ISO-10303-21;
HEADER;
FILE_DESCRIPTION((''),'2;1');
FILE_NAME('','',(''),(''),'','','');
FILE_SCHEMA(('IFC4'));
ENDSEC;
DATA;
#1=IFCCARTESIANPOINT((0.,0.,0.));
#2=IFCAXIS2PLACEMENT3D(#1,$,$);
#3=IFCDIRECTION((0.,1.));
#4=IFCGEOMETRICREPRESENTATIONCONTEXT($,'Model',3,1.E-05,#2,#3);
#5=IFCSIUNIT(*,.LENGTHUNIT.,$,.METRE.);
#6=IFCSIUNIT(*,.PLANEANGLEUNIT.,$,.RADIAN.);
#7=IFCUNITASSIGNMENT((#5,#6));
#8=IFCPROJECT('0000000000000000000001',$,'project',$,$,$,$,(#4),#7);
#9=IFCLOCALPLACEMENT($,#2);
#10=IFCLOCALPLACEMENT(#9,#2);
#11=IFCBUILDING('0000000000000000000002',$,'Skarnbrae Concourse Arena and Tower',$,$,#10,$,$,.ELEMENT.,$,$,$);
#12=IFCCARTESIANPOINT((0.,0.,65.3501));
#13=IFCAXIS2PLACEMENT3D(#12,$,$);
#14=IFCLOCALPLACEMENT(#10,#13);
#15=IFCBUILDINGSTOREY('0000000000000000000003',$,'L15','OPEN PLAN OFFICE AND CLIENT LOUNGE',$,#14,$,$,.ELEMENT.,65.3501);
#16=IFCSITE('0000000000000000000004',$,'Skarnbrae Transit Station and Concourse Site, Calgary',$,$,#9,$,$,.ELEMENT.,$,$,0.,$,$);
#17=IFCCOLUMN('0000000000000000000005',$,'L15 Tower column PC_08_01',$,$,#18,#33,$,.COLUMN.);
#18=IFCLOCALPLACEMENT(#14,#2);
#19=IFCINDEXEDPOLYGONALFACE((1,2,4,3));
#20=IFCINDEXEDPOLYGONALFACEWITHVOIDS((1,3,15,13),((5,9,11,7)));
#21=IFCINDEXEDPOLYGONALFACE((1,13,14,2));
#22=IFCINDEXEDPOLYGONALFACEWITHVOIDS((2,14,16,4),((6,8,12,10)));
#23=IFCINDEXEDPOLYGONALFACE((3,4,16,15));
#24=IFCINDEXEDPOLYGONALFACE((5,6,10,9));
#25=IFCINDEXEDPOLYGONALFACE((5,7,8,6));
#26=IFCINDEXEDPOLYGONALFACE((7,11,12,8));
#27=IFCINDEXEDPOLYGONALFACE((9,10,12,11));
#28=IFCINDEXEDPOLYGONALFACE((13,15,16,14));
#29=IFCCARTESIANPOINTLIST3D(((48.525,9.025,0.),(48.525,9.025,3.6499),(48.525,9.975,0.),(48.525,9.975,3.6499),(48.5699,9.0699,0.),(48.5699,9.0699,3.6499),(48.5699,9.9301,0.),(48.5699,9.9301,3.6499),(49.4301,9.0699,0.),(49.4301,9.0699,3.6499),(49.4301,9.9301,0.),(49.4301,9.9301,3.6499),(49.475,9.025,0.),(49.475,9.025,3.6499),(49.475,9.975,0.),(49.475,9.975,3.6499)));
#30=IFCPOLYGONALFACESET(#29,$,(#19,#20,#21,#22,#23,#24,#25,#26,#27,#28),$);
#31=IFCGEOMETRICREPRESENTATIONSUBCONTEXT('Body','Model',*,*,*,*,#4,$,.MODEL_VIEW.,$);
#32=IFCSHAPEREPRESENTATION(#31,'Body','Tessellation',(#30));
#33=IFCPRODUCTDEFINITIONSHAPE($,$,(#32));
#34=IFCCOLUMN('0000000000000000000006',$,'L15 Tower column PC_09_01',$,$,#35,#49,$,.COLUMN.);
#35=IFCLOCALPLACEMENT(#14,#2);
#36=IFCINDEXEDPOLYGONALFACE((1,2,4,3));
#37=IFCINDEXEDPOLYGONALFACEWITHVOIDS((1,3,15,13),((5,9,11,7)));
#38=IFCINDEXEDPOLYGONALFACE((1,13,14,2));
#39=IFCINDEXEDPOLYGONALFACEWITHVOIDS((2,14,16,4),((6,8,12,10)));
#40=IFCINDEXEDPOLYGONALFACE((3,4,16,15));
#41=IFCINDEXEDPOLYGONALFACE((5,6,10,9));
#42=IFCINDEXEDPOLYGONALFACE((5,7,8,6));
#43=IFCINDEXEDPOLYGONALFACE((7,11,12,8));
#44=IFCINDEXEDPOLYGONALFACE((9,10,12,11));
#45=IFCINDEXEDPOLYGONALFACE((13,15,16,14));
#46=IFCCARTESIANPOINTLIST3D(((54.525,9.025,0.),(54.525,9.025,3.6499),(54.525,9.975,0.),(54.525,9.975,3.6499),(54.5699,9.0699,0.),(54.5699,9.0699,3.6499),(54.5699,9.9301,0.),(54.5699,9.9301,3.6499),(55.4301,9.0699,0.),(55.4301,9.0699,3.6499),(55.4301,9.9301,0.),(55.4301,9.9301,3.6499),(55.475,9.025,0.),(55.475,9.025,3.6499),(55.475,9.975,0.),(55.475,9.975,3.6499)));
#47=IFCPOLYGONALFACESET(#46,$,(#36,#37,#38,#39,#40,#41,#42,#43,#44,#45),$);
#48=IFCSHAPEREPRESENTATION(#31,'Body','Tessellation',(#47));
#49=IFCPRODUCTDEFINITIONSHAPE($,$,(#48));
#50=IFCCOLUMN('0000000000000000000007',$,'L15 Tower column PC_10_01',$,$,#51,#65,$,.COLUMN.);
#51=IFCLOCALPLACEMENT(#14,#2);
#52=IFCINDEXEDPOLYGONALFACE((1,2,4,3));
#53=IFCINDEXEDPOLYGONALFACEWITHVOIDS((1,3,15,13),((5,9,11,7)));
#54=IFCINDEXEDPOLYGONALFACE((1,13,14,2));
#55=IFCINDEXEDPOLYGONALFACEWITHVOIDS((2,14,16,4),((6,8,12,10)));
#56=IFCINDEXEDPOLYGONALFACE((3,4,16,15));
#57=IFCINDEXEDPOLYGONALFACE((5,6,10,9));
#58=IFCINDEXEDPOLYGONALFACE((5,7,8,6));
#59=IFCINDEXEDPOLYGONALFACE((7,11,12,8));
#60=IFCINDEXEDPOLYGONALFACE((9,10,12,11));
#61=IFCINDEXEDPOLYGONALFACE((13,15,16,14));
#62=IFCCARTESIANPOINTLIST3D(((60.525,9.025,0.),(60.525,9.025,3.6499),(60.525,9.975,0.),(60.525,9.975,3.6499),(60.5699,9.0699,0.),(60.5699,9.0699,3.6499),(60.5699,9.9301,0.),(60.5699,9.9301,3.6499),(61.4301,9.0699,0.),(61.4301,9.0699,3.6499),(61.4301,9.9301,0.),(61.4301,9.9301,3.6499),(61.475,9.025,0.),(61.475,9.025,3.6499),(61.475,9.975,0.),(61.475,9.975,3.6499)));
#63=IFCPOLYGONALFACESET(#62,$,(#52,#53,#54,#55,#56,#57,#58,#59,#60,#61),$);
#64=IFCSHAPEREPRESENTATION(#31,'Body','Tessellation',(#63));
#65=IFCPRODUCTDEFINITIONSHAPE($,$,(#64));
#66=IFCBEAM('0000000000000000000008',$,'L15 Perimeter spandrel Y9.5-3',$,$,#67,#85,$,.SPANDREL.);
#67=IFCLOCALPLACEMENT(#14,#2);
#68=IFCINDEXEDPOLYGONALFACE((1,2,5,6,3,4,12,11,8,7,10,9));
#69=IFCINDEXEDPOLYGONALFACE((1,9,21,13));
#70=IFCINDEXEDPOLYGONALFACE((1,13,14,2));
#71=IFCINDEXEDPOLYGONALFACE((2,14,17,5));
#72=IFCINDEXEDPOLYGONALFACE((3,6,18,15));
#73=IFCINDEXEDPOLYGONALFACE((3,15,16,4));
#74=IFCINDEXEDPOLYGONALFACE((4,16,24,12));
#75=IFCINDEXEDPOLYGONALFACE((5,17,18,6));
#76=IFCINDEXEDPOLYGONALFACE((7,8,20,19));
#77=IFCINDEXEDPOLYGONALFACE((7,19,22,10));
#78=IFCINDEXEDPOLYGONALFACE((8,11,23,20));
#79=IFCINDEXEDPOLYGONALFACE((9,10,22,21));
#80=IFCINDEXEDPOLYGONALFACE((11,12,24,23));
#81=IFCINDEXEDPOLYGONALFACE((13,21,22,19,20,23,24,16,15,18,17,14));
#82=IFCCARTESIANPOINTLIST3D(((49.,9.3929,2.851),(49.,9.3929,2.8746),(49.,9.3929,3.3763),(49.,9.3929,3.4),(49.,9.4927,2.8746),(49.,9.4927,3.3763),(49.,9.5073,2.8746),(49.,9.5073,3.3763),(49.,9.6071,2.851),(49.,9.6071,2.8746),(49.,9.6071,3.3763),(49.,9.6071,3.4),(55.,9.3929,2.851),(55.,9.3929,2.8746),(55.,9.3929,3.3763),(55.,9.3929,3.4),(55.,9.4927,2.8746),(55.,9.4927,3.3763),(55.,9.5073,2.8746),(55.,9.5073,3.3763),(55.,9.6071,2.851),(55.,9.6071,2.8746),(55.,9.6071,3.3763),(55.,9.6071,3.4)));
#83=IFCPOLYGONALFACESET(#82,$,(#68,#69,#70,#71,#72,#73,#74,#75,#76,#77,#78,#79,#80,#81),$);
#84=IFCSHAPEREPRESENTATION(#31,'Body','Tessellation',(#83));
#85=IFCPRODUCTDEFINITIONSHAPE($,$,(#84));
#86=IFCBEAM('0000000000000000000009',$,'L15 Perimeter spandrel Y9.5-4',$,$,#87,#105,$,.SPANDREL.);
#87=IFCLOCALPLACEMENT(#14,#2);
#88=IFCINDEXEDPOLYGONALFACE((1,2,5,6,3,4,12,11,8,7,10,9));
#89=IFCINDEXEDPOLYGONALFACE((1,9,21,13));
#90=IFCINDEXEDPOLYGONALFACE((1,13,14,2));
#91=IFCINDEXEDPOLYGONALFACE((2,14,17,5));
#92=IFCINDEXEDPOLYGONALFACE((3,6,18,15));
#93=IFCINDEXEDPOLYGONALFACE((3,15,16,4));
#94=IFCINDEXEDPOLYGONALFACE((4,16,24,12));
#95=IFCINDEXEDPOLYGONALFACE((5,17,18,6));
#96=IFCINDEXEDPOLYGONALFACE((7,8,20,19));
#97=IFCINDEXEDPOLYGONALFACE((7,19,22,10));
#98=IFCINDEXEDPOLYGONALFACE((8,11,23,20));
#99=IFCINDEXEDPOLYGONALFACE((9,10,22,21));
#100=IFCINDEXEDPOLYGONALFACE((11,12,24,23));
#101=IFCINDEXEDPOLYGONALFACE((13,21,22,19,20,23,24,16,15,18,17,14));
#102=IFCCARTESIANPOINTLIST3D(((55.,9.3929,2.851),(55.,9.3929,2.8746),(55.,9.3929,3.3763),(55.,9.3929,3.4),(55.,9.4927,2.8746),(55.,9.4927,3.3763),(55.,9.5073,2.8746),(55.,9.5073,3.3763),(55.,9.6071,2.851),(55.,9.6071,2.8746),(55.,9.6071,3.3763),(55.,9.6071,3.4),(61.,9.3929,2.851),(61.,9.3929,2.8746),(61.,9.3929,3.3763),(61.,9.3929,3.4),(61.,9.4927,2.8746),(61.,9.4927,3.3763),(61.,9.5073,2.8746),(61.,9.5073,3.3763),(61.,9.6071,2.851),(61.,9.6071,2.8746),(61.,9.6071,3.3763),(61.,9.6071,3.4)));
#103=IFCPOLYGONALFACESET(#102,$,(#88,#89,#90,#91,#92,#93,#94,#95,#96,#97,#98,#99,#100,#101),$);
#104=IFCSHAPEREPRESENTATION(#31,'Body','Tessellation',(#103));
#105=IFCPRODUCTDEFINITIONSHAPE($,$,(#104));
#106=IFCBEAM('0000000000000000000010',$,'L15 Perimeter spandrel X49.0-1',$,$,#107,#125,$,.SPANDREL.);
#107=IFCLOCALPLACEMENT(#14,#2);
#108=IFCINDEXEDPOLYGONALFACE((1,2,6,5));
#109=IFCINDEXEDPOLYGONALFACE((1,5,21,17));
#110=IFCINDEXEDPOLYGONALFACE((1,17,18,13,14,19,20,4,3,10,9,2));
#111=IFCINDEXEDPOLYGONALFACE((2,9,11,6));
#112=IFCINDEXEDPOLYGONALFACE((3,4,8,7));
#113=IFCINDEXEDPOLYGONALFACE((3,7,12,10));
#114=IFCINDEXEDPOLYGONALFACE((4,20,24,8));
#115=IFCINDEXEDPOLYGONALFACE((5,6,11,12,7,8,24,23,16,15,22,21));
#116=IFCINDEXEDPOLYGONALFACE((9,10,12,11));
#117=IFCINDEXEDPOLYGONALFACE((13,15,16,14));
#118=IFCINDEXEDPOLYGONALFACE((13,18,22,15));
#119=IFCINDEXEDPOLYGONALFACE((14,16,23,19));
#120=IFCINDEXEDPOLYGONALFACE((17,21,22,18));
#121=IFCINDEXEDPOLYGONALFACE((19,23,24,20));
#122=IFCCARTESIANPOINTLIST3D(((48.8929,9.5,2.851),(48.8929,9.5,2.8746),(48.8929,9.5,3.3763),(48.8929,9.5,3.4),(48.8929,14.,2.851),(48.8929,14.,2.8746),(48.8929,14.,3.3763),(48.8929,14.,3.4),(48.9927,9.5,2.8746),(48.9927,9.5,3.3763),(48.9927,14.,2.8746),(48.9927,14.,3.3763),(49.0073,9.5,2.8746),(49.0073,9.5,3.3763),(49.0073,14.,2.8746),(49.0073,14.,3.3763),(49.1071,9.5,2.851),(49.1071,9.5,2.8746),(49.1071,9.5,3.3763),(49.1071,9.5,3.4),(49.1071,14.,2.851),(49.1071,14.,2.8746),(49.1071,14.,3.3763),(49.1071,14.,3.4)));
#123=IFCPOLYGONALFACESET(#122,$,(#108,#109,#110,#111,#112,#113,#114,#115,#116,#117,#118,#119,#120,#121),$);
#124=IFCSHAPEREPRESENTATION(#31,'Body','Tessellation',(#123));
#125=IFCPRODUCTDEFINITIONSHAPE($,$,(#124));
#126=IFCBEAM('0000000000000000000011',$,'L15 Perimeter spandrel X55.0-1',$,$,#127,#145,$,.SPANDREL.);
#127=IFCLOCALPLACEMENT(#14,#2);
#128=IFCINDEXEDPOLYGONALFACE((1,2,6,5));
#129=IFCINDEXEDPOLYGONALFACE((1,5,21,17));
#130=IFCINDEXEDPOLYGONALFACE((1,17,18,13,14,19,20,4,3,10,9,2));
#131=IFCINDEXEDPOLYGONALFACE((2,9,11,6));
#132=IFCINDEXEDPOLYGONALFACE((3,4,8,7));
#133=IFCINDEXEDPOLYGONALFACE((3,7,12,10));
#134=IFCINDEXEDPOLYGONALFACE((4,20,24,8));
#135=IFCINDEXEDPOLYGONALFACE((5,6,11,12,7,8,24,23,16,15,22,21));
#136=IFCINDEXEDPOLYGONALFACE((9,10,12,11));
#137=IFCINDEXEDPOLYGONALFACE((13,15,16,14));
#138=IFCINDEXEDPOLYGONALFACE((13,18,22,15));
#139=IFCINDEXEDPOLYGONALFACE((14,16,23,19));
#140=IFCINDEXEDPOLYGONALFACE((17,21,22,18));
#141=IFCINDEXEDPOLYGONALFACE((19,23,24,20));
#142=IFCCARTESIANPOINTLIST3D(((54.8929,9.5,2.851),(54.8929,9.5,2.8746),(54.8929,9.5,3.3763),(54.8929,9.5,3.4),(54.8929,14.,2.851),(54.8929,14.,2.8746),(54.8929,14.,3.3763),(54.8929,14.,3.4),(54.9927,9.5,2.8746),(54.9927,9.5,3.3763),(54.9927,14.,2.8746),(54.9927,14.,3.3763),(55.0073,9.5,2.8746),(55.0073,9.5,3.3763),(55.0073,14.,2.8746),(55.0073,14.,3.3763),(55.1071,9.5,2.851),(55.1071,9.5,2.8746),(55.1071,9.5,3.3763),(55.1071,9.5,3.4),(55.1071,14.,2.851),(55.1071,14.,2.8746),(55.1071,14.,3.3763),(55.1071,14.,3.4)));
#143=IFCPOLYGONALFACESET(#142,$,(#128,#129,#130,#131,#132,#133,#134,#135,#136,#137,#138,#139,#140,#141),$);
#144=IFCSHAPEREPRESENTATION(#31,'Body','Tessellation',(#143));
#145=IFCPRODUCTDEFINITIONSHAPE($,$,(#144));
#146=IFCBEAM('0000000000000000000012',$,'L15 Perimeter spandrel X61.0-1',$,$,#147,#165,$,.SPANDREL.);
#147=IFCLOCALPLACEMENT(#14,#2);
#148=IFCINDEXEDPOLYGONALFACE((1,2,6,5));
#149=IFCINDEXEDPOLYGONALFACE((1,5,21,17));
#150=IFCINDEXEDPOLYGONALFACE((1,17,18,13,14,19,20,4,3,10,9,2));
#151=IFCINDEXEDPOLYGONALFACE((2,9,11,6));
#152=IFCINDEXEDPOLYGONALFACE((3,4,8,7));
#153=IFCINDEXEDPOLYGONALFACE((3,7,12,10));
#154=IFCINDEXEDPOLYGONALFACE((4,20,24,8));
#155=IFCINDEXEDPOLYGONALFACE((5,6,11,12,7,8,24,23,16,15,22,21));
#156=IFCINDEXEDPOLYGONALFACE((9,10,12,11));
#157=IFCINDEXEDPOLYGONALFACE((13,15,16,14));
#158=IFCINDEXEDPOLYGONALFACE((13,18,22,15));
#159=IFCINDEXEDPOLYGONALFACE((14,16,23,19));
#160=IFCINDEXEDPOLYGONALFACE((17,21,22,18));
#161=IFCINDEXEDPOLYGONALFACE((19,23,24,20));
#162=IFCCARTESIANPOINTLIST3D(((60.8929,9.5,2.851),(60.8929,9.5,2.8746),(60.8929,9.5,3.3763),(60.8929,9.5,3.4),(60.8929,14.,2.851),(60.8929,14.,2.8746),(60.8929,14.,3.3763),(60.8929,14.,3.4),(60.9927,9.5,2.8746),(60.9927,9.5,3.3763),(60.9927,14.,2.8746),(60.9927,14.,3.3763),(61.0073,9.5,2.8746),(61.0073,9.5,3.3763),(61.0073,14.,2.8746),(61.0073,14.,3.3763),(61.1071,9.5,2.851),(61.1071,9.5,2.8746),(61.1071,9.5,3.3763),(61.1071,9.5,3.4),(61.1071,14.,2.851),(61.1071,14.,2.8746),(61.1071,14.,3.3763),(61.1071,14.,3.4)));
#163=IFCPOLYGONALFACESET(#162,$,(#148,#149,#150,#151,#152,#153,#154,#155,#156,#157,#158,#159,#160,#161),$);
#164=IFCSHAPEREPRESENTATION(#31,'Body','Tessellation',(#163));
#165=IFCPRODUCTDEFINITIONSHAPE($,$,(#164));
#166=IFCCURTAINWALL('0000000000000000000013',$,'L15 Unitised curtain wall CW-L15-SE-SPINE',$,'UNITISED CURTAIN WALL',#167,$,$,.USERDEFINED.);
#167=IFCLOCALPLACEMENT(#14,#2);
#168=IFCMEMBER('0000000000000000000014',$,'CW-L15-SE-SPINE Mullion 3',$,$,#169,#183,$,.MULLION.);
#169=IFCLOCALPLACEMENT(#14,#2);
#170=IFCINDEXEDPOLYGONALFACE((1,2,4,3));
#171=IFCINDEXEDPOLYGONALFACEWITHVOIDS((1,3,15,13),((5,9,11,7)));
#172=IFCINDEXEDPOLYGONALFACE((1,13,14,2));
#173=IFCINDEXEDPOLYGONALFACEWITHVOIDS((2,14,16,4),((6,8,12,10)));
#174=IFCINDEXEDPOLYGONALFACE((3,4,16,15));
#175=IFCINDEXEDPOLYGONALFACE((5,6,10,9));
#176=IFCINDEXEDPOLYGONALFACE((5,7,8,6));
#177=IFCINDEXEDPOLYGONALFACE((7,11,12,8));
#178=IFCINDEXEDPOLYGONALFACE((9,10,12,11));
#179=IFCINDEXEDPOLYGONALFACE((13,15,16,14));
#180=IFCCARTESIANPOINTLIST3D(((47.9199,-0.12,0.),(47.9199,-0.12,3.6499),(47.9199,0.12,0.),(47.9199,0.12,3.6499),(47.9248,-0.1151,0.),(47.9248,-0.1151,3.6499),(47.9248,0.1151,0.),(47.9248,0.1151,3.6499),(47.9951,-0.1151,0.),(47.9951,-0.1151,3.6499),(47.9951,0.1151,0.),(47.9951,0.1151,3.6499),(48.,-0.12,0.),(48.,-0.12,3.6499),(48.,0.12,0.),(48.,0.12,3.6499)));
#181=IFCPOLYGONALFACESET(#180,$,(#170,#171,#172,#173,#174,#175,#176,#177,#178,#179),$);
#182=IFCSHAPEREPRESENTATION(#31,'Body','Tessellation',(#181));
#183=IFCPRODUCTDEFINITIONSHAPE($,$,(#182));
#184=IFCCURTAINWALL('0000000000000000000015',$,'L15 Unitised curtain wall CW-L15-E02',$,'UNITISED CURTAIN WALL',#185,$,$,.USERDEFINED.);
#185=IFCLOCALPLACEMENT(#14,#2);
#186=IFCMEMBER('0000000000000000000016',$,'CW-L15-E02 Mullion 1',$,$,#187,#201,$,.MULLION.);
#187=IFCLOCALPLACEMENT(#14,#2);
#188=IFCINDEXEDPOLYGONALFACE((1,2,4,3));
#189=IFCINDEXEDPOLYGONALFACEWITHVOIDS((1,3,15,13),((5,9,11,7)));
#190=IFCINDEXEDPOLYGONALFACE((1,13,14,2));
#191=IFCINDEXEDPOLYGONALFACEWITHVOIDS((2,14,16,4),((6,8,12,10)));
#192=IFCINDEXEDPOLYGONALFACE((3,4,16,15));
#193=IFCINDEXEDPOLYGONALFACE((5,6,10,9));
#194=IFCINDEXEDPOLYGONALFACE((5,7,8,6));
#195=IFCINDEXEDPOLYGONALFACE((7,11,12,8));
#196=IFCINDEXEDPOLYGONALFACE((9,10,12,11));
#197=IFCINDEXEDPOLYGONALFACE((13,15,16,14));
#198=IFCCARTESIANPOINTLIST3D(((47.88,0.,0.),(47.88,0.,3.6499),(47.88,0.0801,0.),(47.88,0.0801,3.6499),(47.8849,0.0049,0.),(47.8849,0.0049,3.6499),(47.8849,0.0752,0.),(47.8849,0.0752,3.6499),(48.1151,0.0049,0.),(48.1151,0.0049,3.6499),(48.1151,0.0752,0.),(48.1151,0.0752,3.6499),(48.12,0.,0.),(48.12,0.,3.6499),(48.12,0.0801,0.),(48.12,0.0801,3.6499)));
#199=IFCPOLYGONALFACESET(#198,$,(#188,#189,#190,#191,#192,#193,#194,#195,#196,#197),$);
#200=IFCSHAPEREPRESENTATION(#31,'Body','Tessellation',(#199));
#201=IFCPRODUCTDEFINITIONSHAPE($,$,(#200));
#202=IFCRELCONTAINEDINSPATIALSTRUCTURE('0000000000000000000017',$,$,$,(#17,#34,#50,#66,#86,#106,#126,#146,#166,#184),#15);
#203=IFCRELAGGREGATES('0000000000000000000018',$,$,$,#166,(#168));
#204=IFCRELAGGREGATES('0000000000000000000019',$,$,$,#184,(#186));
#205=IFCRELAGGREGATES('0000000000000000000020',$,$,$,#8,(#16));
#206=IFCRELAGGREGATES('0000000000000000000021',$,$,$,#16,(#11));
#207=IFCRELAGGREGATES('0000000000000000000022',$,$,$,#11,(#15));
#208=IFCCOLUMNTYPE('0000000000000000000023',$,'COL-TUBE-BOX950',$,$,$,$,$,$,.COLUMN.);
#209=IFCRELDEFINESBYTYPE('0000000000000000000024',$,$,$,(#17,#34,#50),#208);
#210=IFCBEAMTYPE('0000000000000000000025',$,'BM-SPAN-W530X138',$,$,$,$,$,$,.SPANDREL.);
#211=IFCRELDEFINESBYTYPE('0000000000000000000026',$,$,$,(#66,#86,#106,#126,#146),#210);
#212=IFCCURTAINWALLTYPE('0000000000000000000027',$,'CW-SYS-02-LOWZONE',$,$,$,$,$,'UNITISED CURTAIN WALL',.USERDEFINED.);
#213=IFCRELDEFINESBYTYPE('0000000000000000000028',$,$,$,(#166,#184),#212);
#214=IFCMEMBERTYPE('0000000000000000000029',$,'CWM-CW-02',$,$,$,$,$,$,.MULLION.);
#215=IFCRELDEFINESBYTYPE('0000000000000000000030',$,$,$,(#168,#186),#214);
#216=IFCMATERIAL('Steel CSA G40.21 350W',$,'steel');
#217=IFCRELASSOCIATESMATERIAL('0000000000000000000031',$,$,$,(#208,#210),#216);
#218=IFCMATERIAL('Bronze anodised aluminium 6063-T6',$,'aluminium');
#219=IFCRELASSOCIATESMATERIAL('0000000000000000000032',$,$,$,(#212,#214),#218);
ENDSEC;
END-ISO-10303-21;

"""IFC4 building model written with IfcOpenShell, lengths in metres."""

from ifc_helpers import new_model, si_unit, direction, frame, origin, origin_2d, place, context, subcontext, project, spatial, hollow_rectangle, i_section, extrude, source, transform, mapped, material, material_profile, profile_set, type_object, element, aggregate, save


model = new_model("IFC4")

# Units and contexts
model_context = context("Model", 3, precision=1e-05, world=origin(), true_north=direction((0.0, 1.0)))
body_context = subcontext(model_context, "Body", "Model", "MODEL_VIEW")
ifc_project = project(units=[si_unit("LENGTHUNIT", "METRE"), si_unit("PLANEANGLEUNIT", "RADIAN")], contexts=[model_context])

# Site, building, storey
site_placement = place(None, origin())
site = spatial("IfcSite", under=ifc_project, at=site_placement, Name="Skarnbrae Transit Station and Concourse Site, Calgary", CompositionType="ELEMENT", RefElevation=0.0)
building_placement = place(site_placement, origin())
building = spatial("IfcBuilding", under=site, at=building_placement, Name="Skarnbrae Concourse Arena and Tower", CompositionType="ELEMENT")
storey_placement = place(building_placement, frame((0.0, 0.0, 65.3501)))
storey = spatial("IfcBuildingStorey", under=building, at=storey_placement, Name="L15", Description="OPEN PLAN OFFICE AND CLIENT LOUNGE", CompositionType="ELEMENT", Elevation=65.3501)

# Columns
ifc_material_1 = material(Name="Steel CSA G40.21 350W", Category="steel")
ifc_material_profile_1 = material_profile(ifc_material_1, hollow_rectangle(XDim=0.95, YDim=0.95, WallThickness=0.0449, at=origin_2d()), Name="BOX950X950X45")
ifc_profile_set_1 = profile_set([ifc_material_profile_1], Name="Steel CSA G40.21 350W")
column_type = type_object("IfcColumnType", Name="COL-TUBE-BOX950", PredefinedType="COLUMN", material=ifc_profile_set_1)
shared_shape_1 = source(origin(), body_context, "Body", "SweptSolid", [
    extrude(hollow_rectangle(XDim=0.95, YDim=0.95, WallThickness=0.0449, at=origin_2d()), origin(), (0.0, 0.0, 1.0), 3.6499),
])
for number, where, z_axis, x_axis, name in (
    (1, (49.0, 9.5, 0.0), (0.0, 0.0, 1.0), (1.0, 0.0, 0.0), "L15 Tower column PC_08_01"),
    (2, (55.0, 9.5, 0.0), (0.0, 0.0, 1.0), (1.0, 0.0, 0.0), "L15 Tower column PC_09_01"),
    (3, (61.0, 9.5, 0.0), (0.0, 0.0, 1.0), (1.0, 0.0, 0.0), "L15 Tower column PC_10_01"),
):
    element("IfcColumn", number, at=place(storey_placement, frame(where, z_axis=z_axis, x_axis=x_axis)), inside=storey, type_object=column_type, Name=name, PredefinedType="COLUMN", context=body_context, shape_type="MappedRepresentation", body=[
        mapped(shared_shape_1, transform((0.0, 0.0, 0.0))),
    ])

# Beams
ifc_material_profile_2 = material_profile(ifc_material_1, i_section(OverallWidth=0.2141, OverallDepth=0.5491, WebThickness=0.0146, FlangeThickness=0.0237, at=origin_2d()), Name="W530X138")
ifc_profile_set_2 = profile_set([ifc_material_profile_2], Name="Steel CSA G40.21 350W")
beam_type = type_object("IfcBeamType", Name="BM-SPAN-W530X138", PredefinedType="SPANDREL", material=ifc_profile_set_2)
shared_shape_2 = source(origin(), body_context, "Body", "SweptSolid", [
    extrude(i_section(OverallWidth=0.2141, OverallDepth=0.5491, WebThickness=0.0146, FlangeThickness=0.0237, at=origin_2d()), origin(), (0.0, 0.0, 1.0), 6.0),
])
for number, where, z_axis, x_axis, name in (
    (4, (49.0, 9.5, 3.1255), (1.0, 0.0, 0.0), (0.0, 1.0, 0.0), "L15 Perimeter spandrel Y9.5-3"),
    (5, (55.0, 9.5, 3.1255), (1.0, 0.0, 0.0), (0.0, 1.0, 0.0), "L15 Perimeter spandrel Y9.5-4"),
):
    element("IfcBeam", number, at=place(storey_placement, frame(where, z_axis=z_axis, x_axis=x_axis)), inside=storey, type_object=beam_type, Name=name, PredefinedType="SPANDREL", context=body_context, shape_type="MappedRepresentation", body=[
        mapped(shared_shape_2, transform((0.0, 0.0, 0.0))),
    ])
shared_shape_3 = source(origin(), body_context, "Body", "SweptSolid", [
    extrude(i_section(OverallWidth=0.2141, OverallDepth=0.5491, WebThickness=0.0146, FlangeThickness=0.0237, at=origin_2d()), origin(), (0.0, 0.0, 1.0), 4.5),
])
for number, where, z_axis, x_axis, name in (
    (6, (49.0, 9.5, 3.1255), (0.0, 1.0, 0.0), (-1.0, 0.0, 0.0), "L15 Perimeter spandrel X49.0-1"),
    (7, (55.0, 9.5, 3.1255), (0.0, 1.0, 0.0), (-1.0, 0.0, 0.0), "L15 Perimeter spandrel X55.0-1"),
    (8, (61.0, 9.5, 3.1255), (0.0, 1.0, 0.0), (-1.0, 0.0, 0.0), "L15 Perimeter spandrel X61.0-1"),
):
    element("IfcBeam", number, at=place(storey_placement, frame(where, z_axis=z_axis, x_axis=x_axis)), inside=storey, type_object=beam_type, Name=name, PredefinedType="SPANDREL", context=body_context, shape_type="MappedRepresentation", body=[
        mapped(shared_shape_3, transform((0.0, 0.0, 0.0))),
    ])

# Curtain wall, member
ifc_material_2 = material(Name="Bronze anodised aluminium 6063-T6", Category="aluminium")
curtain_wall_type = type_object("IfcCurtainWallType", Name="CW-SYS-02-LOWZONE", ElementType="UNITISED CURTAIN WALL", PredefinedType="USERDEFINED", material=ifc_material_2)
curtain_wall_1_placement = place(storey_placement, origin())
curtain_wall_1 = element("IfcCurtainWall", 9, at=curtain_wall_1_placement, inside=storey, type_object=curtain_wall_type, Name="L15 Unitised curtain wall CW-L15-SE-SPINE", ObjectType="UNITISED CURTAIN WALL", PredefinedType="USERDEFINED")
ifc_material_profile_3 = material_profile(ifc_material_2, hollow_rectangle(XDim=0.0801, YDim=0.24, WallThickness=0.0049, at=origin_2d()), Name="ALU-MULL-80X240")
ifc_profile_set_3 = profile_set([ifc_material_profile_3], Name="Bronze anodised aluminium 6063-T6")
member_type_1 = type_object("IfcMemberType", Name="CWM-CW-02", PredefinedType="MULLION", material=ifc_profile_set_3)
shared_shape_4 = source(origin(), body_context, "Body", "SweptSolid", [
    extrude(hollow_rectangle(XDim=0.0801, YDim=0.24, WallThickness=0.0049, at=origin_2d()), origin(), (0.0, 0.0, 1.0), 3.6499),
])
member_1_placement = place(storey_placement, frame((47.96, 0.0, 0.0), z_axis=(0.0, 0.0, 1.0), x_axis=(1.0, 0.0, 0.0)))
member_1 = element("IfcMember", 10, at=member_1_placement, type_object=member_type_1, Name="CW-L15-SE-SPINE Mullion 3", PredefinedType="MULLION", context=body_context, shape_type="MappedRepresentation", body=[
    mapped(shared_shape_4, transform((0.0, 0.0, 0.0))),
])
aggregate(curtain_wall_1, [member_1])

# Curtain wall, member
curtain_wall_2_placement = place(storey_placement, origin())
curtain_wall_2 = element("IfcCurtainWall", 11, at=curtain_wall_2_placement, inside=storey, type_object=curtain_wall_type, Name="L15 Unitised curtain wall CW-L15-E02", ObjectType="UNITISED CURTAIN WALL", PredefinedType="USERDEFINED")
member_2_placement = place(storey_placement, frame((48.0, 0.04, 0.0), z_axis=(0.0, 0.0, 1.0), x_axis=(0.0, 1.0, 0.0)))
member_2 = element("IfcMember", 12, at=member_2_placement, type_object=member_type_1, Name="CW-L15-E02 Mullion 1", PredefinedType="MULLION", context=body_context, shape_type="MappedRepresentation", body=[
    mapped(shared_shape_4, transform((0.0, 0.0, 0.0))),
])

aggregate(curtain_wall_2, [member_2])

save(model, "model.ifc")
